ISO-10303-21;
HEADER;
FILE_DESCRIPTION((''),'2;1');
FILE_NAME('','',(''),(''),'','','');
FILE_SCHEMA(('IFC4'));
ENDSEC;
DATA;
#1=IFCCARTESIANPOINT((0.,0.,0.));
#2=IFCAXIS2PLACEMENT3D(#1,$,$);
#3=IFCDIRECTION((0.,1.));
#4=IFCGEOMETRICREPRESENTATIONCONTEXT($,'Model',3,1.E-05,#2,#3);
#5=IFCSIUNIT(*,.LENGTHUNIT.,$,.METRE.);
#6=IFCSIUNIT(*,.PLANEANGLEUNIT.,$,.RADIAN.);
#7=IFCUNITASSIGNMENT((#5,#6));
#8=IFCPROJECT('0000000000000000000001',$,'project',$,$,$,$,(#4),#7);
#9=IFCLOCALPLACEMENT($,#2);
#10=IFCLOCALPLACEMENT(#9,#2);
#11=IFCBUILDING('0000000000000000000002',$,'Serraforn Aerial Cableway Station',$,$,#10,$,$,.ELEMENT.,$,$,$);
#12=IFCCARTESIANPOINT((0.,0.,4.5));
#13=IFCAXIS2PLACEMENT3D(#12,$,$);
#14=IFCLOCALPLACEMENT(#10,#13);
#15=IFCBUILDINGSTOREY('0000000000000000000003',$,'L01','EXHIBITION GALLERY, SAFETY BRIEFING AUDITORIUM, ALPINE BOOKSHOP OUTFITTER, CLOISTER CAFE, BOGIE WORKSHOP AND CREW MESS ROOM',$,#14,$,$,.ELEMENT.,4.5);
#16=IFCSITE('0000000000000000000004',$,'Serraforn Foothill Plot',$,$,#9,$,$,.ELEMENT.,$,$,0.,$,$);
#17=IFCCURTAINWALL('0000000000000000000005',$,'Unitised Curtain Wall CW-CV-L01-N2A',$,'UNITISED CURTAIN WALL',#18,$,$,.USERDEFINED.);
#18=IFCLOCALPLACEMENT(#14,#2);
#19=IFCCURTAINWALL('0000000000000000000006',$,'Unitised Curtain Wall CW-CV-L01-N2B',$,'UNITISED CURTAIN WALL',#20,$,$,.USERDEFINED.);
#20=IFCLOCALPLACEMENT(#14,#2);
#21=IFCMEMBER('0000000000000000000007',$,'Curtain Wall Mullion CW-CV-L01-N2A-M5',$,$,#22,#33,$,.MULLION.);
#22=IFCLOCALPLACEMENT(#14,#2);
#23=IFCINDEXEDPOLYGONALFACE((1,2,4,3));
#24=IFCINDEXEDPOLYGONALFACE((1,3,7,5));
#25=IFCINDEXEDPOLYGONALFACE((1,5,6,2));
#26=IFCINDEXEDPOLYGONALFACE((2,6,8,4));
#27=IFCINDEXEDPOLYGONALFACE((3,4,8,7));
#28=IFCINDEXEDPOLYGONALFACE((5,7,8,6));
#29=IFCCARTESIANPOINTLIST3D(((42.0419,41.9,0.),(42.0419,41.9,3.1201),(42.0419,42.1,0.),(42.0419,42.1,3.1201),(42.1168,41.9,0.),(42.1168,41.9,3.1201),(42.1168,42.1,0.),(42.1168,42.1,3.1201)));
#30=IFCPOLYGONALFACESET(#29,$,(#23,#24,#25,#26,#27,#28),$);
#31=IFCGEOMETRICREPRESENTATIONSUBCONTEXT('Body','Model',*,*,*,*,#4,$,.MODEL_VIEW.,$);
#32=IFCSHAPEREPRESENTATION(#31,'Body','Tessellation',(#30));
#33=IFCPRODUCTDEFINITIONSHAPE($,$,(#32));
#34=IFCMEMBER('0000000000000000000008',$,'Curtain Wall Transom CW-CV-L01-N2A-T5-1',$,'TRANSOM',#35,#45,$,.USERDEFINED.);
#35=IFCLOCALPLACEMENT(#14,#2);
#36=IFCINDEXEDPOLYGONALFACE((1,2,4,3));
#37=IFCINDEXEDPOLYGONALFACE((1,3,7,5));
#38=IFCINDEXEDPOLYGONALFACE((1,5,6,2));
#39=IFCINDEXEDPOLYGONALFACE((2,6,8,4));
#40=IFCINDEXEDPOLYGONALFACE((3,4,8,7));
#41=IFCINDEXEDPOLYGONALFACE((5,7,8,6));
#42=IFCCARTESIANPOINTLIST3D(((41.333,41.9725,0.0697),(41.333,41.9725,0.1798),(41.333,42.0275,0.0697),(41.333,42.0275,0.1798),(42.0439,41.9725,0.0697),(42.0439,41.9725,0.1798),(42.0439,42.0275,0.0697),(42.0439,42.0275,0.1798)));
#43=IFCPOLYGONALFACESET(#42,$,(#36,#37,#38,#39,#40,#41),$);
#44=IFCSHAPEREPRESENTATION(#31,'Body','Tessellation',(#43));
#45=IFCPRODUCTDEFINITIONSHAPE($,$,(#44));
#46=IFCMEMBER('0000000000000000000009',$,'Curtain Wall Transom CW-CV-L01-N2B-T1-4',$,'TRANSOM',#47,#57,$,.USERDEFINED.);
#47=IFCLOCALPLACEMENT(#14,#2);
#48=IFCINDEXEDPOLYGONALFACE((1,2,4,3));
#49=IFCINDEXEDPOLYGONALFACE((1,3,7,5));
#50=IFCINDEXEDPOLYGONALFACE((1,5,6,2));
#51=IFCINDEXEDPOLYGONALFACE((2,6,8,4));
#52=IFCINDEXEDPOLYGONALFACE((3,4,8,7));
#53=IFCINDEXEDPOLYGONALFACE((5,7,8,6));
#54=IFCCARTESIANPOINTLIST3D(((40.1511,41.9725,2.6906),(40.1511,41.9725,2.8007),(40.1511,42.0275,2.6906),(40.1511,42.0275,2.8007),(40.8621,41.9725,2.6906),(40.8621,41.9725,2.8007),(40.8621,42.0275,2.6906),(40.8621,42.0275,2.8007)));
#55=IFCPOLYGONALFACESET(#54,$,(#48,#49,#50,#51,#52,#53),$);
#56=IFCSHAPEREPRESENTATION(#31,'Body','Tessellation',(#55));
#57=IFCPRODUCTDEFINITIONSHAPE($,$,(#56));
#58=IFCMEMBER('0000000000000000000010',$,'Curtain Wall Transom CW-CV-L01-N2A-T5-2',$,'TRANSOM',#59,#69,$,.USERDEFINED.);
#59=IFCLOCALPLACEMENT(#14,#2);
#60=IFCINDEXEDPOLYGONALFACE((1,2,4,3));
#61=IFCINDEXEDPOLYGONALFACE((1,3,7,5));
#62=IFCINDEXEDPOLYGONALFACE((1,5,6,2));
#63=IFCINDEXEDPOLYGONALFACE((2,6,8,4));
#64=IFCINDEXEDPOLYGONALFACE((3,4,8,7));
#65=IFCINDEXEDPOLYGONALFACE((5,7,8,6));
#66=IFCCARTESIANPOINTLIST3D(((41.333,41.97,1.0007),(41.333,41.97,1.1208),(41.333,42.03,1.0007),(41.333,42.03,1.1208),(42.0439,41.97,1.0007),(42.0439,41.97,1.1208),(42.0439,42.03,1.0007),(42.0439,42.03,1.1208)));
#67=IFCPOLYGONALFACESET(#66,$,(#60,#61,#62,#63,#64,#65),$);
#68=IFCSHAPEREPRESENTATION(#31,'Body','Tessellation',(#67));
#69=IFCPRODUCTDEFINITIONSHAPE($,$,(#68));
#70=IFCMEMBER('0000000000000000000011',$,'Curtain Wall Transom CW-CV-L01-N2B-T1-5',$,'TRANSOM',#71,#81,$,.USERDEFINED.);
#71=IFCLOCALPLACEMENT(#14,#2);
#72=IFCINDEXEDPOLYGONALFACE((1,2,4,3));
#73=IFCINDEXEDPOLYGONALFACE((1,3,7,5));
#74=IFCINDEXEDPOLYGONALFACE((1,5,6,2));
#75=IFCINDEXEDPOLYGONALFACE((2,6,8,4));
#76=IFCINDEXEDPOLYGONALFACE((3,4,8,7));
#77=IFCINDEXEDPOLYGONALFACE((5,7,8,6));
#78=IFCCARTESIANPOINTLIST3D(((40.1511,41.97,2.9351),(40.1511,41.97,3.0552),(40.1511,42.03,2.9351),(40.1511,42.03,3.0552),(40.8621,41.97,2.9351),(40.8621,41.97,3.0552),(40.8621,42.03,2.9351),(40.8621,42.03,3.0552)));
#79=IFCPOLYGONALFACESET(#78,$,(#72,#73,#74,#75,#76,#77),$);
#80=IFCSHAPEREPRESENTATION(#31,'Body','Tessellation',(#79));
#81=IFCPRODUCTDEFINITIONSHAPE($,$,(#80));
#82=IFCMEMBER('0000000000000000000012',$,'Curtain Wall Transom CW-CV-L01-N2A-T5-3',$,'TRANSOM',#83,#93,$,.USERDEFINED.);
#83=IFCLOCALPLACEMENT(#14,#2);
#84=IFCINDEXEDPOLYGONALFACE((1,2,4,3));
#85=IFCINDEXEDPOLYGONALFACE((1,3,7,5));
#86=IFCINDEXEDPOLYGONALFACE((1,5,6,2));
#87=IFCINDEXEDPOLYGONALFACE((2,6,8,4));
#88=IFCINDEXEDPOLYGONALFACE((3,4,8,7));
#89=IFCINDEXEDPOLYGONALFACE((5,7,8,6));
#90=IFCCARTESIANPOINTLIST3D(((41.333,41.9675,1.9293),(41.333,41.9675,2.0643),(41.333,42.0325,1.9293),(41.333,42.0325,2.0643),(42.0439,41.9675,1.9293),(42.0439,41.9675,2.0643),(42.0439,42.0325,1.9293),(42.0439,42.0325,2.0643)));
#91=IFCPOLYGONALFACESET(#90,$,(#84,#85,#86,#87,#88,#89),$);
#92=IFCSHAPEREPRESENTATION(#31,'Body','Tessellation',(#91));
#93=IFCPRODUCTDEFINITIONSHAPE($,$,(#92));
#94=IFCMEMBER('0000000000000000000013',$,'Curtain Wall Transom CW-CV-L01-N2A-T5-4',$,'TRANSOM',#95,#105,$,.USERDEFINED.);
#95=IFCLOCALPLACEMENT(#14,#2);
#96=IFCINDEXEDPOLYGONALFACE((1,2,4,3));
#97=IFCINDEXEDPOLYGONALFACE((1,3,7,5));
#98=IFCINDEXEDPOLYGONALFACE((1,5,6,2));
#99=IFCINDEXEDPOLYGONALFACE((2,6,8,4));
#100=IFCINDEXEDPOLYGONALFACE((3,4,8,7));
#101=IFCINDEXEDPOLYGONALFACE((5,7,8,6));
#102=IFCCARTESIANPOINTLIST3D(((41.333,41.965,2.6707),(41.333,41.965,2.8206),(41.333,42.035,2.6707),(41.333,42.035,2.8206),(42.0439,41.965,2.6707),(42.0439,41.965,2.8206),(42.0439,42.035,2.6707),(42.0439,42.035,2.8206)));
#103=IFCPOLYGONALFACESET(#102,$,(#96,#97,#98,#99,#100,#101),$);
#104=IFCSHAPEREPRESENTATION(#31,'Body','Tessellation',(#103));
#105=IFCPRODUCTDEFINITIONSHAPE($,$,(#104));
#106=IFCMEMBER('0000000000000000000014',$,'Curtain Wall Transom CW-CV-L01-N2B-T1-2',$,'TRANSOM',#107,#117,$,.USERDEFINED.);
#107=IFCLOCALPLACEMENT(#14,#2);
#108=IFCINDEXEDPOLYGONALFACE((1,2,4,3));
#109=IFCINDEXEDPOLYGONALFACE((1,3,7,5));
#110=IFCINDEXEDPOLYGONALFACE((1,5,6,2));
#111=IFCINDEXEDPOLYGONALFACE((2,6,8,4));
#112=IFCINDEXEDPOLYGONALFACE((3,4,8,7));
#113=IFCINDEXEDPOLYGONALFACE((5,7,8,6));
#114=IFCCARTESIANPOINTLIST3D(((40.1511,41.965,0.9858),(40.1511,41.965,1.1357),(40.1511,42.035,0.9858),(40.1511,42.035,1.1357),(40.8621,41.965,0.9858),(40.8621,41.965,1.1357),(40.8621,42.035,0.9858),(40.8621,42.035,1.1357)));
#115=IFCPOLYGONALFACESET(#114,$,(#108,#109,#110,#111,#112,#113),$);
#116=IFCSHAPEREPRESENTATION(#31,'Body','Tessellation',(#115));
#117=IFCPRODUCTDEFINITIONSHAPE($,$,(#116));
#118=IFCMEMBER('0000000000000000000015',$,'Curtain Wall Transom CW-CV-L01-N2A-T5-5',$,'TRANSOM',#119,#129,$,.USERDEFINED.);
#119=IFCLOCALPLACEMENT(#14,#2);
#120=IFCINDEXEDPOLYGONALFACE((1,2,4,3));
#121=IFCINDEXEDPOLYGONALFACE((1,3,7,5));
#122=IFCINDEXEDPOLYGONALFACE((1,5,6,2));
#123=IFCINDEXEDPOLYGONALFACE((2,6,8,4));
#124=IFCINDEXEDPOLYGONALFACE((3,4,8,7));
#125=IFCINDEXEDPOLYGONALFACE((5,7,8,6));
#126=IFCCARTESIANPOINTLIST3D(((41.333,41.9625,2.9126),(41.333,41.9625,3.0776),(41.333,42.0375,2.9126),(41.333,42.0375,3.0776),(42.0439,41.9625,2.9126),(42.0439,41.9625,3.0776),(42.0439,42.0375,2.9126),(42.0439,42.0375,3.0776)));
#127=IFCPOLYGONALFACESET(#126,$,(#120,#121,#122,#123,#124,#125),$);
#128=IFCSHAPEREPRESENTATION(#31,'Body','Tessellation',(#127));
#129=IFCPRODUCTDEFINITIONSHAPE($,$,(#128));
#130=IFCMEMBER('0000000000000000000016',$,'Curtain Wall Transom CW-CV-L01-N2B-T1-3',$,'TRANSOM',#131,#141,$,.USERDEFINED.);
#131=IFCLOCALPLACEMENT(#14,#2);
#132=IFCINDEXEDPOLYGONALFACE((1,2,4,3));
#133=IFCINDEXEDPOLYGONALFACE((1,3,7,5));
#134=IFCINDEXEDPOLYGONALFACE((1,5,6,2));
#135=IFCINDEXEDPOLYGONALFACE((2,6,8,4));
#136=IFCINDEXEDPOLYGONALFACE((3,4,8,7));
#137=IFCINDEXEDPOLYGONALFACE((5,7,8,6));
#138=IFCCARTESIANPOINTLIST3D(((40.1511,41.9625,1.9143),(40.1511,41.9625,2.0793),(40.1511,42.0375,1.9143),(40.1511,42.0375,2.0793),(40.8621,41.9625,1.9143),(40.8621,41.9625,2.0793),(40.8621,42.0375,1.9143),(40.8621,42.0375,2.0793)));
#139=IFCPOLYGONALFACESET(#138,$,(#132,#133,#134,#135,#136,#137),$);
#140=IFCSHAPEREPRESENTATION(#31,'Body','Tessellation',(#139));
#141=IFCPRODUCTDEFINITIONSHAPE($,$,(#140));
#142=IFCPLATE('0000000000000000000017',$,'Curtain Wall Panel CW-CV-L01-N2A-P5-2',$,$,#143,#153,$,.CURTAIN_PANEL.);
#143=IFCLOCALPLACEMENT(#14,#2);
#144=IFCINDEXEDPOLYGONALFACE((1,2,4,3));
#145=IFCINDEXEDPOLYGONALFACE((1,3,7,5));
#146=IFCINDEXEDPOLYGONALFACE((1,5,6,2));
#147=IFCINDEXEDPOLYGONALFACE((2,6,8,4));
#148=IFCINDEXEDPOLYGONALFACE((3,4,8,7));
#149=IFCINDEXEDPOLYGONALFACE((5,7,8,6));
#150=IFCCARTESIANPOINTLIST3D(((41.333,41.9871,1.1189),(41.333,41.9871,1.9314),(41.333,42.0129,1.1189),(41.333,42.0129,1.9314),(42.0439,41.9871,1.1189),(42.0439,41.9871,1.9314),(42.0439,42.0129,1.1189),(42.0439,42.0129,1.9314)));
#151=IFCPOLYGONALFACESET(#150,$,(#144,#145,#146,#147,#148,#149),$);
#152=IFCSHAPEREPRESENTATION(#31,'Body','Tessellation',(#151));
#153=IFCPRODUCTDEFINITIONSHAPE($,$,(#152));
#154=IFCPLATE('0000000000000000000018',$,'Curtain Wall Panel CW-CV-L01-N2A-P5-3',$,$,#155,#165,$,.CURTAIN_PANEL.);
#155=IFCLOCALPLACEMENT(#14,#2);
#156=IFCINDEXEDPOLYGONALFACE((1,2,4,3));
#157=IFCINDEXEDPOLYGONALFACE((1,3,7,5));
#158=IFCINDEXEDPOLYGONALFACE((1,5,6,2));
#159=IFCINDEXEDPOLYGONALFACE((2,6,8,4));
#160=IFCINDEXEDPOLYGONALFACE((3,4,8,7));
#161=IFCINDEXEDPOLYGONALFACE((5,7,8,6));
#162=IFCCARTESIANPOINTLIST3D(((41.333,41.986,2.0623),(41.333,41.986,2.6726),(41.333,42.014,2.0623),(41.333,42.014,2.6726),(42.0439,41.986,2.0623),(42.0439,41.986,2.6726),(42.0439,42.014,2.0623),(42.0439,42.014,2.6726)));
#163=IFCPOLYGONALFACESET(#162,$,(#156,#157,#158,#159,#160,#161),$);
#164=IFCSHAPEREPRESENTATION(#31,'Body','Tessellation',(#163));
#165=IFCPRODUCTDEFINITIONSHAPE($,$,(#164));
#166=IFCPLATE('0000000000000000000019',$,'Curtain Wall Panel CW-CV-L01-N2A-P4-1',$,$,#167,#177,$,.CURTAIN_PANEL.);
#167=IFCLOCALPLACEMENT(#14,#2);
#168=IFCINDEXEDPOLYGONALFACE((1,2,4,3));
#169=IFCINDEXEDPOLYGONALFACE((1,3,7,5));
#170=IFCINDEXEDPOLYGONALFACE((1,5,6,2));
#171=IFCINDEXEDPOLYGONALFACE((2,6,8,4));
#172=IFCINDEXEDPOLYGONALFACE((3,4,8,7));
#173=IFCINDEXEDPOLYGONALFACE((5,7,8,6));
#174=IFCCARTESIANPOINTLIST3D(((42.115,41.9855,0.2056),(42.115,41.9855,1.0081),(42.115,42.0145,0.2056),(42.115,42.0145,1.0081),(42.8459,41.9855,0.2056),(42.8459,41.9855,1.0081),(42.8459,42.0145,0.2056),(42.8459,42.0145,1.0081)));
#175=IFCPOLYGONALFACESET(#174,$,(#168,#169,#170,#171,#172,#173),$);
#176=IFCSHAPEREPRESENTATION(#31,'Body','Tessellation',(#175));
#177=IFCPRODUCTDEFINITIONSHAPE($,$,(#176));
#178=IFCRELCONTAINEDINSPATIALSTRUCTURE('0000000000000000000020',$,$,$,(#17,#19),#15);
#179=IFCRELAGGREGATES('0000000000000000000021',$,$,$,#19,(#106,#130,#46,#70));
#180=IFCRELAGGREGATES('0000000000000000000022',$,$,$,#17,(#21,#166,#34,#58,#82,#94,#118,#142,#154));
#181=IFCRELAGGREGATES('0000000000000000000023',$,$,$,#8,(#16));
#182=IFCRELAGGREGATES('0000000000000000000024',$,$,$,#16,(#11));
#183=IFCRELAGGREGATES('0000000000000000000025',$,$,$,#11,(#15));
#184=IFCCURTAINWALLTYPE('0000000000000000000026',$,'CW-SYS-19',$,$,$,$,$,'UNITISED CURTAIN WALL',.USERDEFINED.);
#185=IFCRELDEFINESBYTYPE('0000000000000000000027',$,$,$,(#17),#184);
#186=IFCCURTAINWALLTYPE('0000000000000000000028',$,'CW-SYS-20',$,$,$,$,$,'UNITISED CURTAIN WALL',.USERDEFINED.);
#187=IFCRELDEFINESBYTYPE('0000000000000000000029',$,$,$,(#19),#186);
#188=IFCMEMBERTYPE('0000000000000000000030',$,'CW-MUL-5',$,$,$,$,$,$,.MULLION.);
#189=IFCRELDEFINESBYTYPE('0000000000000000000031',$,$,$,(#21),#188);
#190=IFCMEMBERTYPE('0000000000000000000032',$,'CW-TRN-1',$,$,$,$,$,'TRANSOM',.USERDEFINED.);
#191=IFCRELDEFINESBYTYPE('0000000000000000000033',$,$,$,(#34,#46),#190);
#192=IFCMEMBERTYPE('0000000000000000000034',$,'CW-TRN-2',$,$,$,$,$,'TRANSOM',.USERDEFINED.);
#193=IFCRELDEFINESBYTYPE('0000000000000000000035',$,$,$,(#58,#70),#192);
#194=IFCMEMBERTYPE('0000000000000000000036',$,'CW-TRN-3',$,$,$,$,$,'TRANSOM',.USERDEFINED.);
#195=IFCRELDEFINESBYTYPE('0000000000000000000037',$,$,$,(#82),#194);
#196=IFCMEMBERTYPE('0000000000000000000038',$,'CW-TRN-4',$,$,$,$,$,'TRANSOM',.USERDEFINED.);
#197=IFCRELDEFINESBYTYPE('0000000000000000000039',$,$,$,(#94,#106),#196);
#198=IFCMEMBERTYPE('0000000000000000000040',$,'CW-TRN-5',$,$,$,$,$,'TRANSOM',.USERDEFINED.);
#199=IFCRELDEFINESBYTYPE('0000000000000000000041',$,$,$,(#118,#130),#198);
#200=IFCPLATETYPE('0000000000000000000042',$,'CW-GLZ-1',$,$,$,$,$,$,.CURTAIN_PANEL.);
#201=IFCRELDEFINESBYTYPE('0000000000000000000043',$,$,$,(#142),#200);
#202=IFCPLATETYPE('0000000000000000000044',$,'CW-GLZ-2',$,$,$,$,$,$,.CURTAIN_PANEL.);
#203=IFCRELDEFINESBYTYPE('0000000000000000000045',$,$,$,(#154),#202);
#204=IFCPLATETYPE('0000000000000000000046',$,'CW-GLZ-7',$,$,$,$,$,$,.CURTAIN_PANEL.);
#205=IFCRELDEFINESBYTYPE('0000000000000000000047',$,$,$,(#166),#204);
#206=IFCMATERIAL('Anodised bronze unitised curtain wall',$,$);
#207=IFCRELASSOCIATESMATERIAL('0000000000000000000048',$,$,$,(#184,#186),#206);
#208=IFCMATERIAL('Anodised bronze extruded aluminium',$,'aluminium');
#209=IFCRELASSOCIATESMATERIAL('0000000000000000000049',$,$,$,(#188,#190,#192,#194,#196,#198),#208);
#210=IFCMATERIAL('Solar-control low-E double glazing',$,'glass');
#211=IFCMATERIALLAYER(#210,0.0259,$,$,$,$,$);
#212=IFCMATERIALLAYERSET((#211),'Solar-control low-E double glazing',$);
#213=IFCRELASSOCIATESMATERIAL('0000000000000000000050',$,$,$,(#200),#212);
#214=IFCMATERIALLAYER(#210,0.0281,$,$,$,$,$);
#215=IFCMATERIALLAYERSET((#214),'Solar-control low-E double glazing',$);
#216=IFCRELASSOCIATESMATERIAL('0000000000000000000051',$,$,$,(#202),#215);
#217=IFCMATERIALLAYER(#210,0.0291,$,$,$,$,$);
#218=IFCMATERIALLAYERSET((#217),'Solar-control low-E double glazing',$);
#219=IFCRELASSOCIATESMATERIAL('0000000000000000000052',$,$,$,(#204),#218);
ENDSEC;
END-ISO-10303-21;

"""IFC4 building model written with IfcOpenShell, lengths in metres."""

from ifc_helpers import new_model, si_unit, direction, frame, origin, origin_2d, place, context, subcontext, project, spatial, rectangle, extrude, material, layer, layer_set, material_profile, profile_set, type_object, element, aggregate, save


model = new_model("IFC4")

# Units and contexts
model_context = context("Model", 3, precision=1e-05, world=origin(), true_north=direction((0.0, 1.0)))
body_context = subcontext(model_context, "Body", "Model", "MODEL_VIEW")
ifc_project = project(units=[si_unit("LENGTHUNIT", "METRE"), si_unit("PLANEANGLEUNIT", "RADIAN")], contexts=[model_context])

# Site, building, storey
site_placement = place(None, origin())
site = spatial("IfcSite", under=ifc_project, at=site_placement, Name="Serraforn Foothill Plot", CompositionType="ELEMENT", RefElevation=0.0)
building_placement = place(site_placement, origin())
building = spatial("IfcBuilding", under=site, at=building_placement, Name="Serraforn Aerial Cableway Station", CompositionType="ELEMENT")
storey_placement = place(building_placement, frame((0.0, 0.0, 4.5)))
storey = spatial("IfcBuildingStorey", under=building, at=storey_placement, Name="L01", Description="EXHIBITION GALLERY, SAFETY BRIEFING AUDITORIUM, ALPINE BOOKSHOP OUTFITTER, CLOISTER CAFE, BOGIE WORKSHOP AND CREW MESS ROOM", CompositionType="ELEMENT", Elevation=4.5)

# Curtain walls
ifc_material_1 = material(Name="Anodised bronze unitised curtain wall")
curtain_wall_type_1 = type_object("IfcCurtainWallType", Name="CW-SYS-19", ElementType="UNITISED CURTAIN WALL", PredefinedType="USERDEFINED", material=ifc_material_1)
curtain_wall_1_placement = place(storey_placement, origin())
curtain_wall_1 = element("IfcCurtainWall", 1, at=curtain_wall_1_placement, inside=storey, type_object=curtain_wall_type_1, Name="Unitised Curtain Wall CW-CV-L01-N2A", ObjectType="UNITISED CURTAIN WALL", PredefinedType="USERDEFINED")
ifc_material_2 = material(Name="Anodised bronze extruded aluminium", Category="aluminium")
curtain_wall_type_2 = type_object("IfcCurtainWallType", Name="CW-SYS-20", ElementType="UNITISED CURTAIN WALL", PredefinedType="USERDEFINED", material=ifc_material_1)
curtain_wall_2_placement = place(storey_placement, origin())
curtain_wall_2 = element("IfcCurtainWall", 2, at=curtain_wall_2_placement, inside=storey, type_object=curtain_wall_type_2, Name="Unitised Curtain Wall CW-CV-L01-N2B", ObjectType="UNITISED CURTAIN WALL", PredefinedType="USERDEFINED")

# Members
ifc_material_profile_1 = material_profile(ifc_material_2, rectangle(XDim=0.075, YDim=0.2, at=origin_2d()), Name="CW MULLION 75x200")
ifc_profile_set_1 = profile_set([ifc_material_profile_1], Name="Anodised bronze extruded aluminium")
member_type_1 = type_object("IfcMemberType", Name="CW-MUL-5", PredefinedType="MULLION", material=ifc_profile_set_1)
member_1_placement = place(storey_placement, frame((42.0793, 42.0, 0.0), z_axis=(0.0, 0.0, 1.0), x_axis=(-1.0, 0.0, 0.0)))
member_1 = element("IfcMember", 3, at=member_1_placement, type_object=member_type_1, Name="Curtain Wall Mullion CW-CV-L01-N2A-M5", PredefinedType="MULLION", context=body_context, shape_type="SweptSolid", body=[
    extrude(rectangle(XDim=0.075, YDim=0.2, at=origin_2d()), origin(), (0.0, 0.0, 1.0), 3.1201),
])
ifc_material_profile_2 = material_profile(ifc_material_2, rectangle(XDim=0.0549, YDim=0.1101, at=origin_2d()), Name="CW TRANSOM 55x110")
ifc_profile_set_2 = profile_set([ifc_material_profile_2], Name="Anodised bronze extruded aluminium")
member_type_2 = type_object("IfcMemberType", Name="CW-TRN-1", ElementType="TRANSOM", PredefinedType="USERDEFINED", material=ifc_profile_set_2)
member_2_placement = place(storey_placement, frame((42.0439, 42.0, 0.1248), z_axis=(-1.0, 0.0, 0.0), x_axis=(0.0, -1.0, 0.0)))
member_2 = element("IfcMember", 4, at=member_2_placement, type_object=member_type_2, Name="Curtain Wall Transom CW-CV-L01-N2A-T5-1", ObjectType="TRANSOM", PredefinedType="USERDEFINED", context=body_context, shape_type="SweptSolid", body=[
    extrude(rectangle(XDim=0.0549, YDim=0.1101, at=origin_2d()), origin(), (0.0, 0.0, 1.0), 0.7109),
])
member_3_placement = place(storey_placement, frame((40.8621, 42.0, 2.7456), z_axis=(-1.0, 0.0, 0.0), x_axis=(0.0, -1.0, 0.0)))
member_3 = element("IfcMember", 5, at=member_3_placement, type_object=member_type_2, Name="Curtain Wall Transom CW-CV-L01-N2B-T1-4", ObjectType="TRANSOM", PredefinedType="USERDEFINED", context=body_context, shape_type="SweptSolid", body=[
    extrude(rectangle(XDim=0.0549, YDim=0.1101, at=origin_2d()), origin(), (0.0, 0.0, 1.0), 0.7109),
])
ifc_material_profile_3 = material_profile(ifc_material_2, rectangle(XDim=0.0601, YDim=0.1201, at=origin_2d()), Name="CW TRANSOM 60x120")
ifc_profile_set_3 = profile_set([ifc_material_profile_3], Name="Anodised bronze extruded aluminium")
member_type_3 = type_object("IfcMemberType", Name="CW-TRN-2", ElementType="TRANSOM", PredefinedType="USERDEFINED", material=ifc_profile_set_3)
member_4_placement = place(storey_placement, frame((42.0439, 42.0, 1.0608), z_axis=(-1.0, 0.0, 0.0), x_axis=(0.0, -1.0, 0.0)))
member_4 = element("IfcMember", 6, at=member_4_placement, type_object=member_type_3, Name="Curtain Wall Transom CW-CV-L01-N2A-T5-2", ObjectType="TRANSOM", PredefinedType="USERDEFINED", context=body_context, shape_type="SweptSolid", body=[
    extrude(rectangle(XDim=0.0601, YDim=0.1201, at=origin_2d()), origin(), (0.0, 0.0, 1.0), 0.7109),
])
member_5_placement = place(storey_placement, frame((40.8621, 42.0, 2.9951), z_axis=(-1.0, 0.0, 0.0), x_axis=(0.0, -1.0, 0.0)))
member_5 = element("IfcMember", 7, at=member_5_placement, type_object=member_type_3, Name="Curtain Wall Transom CW-CV-L01-N2B-T1-5", ObjectType="TRANSOM", PredefinedType="USERDEFINED", context=body_context, shape_type="SweptSolid", body=[
    extrude(rectangle(XDim=0.0601, YDim=0.1201, at=origin_2d()), origin(), (0.0, 0.0, 1.0), 0.7109),
])
ifc_material_profile_4 = material_profile(ifc_material_2, rectangle(XDim=0.0649, YDim=0.135, at=origin_2d()), Name="CW TRANSOM 65x135")
ifc_profile_set_4 = profile_set([ifc_material_profile_4], Name="Anodised bronze extruded aluminium")
member_type_4 = type_object("IfcMemberType", Name="CW-TRN-3", ElementType="TRANSOM", PredefinedType="USERDEFINED", material=ifc_profile_set_4)
member_6_placement = place(storey_placement, frame((42.0439, 42.0, 1.9968), z_axis=(-1.0, 0.0, 0.0), x_axis=(0.0, -1.0, 0.0)))
member_6 = element("IfcMember", 8, at=member_6_placement, type_object=member_type_4, Name="Curtain Wall Transom CW-CV-L01-N2A-T5-3", ObjectType="TRANSOM", PredefinedType="USERDEFINED", context=body_context, shape_type="SweptSolid", body=[
    extrude(rectangle(XDim=0.0649, YDim=0.135, at=origin_2d()), origin(), (0.0, 0.0, 1.0), 0.7109),
])
ifc_material_profile_5 = material_profile(ifc_material_2, rectangle(XDim=0.0701, YDim=0.1499, at=origin_2d()), Name="CW TRANSOM 70x150")
ifc_profile_set_5 = profile_set([ifc_material_profile_5], Name="Anodised bronze extruded aluminium")
member_type_5 = type_object("IfcMemberType", Name="CW-TRN-4", ElementType="TRANSOM", PredefinedType="USERDEFINED", material=ifc_profile_set_5)
member_7_placement = place(storey_placement, frame((42.0439, 42.0, 2.7456), z_axis=(-1.0, 0.0, 0.0), x_axis=(0.0, -1.0, 0.0)))
member_7 = element("IfcMember", 9, at=member_7_placement, type_object=member_type_5, Name="Curtain Wall Transom CW-CV-L01-N2A-T5-4", ObjectType="TRANSOM", PredefinedType="USERDEFINED", context=body_context, shape_type="SweptSolid", body=[
    extrude(rectangle(XDim=0.0701, YDim=0.1499, at=origin_2d()), origin(), (0.0, 0.0, 1.0), 0.7109),
])
member_8_placement = place(storey_placement, frame((40.8621, 42.0, 1.0608), z_axis=(-1.0, 0.0, 0.0), x_axis=(0.0, -1.0, 0.0)))
member_8 = element("IfcMember", 10, at=member_8_placement, type_object=member_type_5, Name="Curtain Wall Transom CW-CV-L01-N2B-T1-2", ObjectType="TRANSOM", PredefinedType="USERDEFINED", context=body_context, shape_type="SweptSolid", body=[
    extrude(rectangle(XDim=0.0701, YDim=0.1499, at=origin_2d()), origin(), (0.0, 0.0, 1.0), 0.7109),
])
ifc_material_profile_6 = material_profile(ifc_material_2, rectangle(XDim=0.075, YDim=0.165, at=origin_2d()), Name="CW TRANSOM 75x165")
ifc_profile_set_6 = profile_set([ifc_material_profile_6], Name="Anodised bronze extruded aluminium")
member_type_6 = type_object("IfcMemberType", Name="CW-TRN-5", ElementType="TRANSOM", PredefinedType="USERDEFINED", material=ifc_profile_set_6)
member_9_placement = place(storey_placement, frame((42.0439, 42.0, 2.9951), z_axis=(-1.0, 0.0, 0.0), x_axis=(0.0, -1.0, 0.0)))
member_9 = element("IfcMember", 11, at=member_9_placement, type_object=member_type_6, Name="Curtain Wall Transom CW-CV-L01-N2A-T5-5", ObjectType="TRANSOM", PredefinedType="USERDEFINED", context=body_context, shape_type="SweptSolid", body=[
    extrude(rectangle(XDim=0.075, YDim=0.165, at=origin_2d()), origin(), (0.0, 0.0, 1.0), 0.7109),
])
member_10_placement = place(storey_placement, frame((40.8621, 42.0, 1.9968), z_axis=(-1.0, 0.0, 0.0), x_axis=(0.0, -1.0, 0.0)))
member_10 = element("IfcMember", 12, at=member_10_placement, type_object=member_type_6, Name="Curtain Wall Transom CW-CV-L01-N2B-T1-3", ObjectType="TRANSOM", PredefinedType="USERDEFINED", context=body_context, shape_type="SweptSolid", body=[
    extrude(rectangle(XDim=0.075, YDim=0.165, at=origin_2d()), origin(), (0.0, 0.0, 1.0), 0.7109),
])
aggregate(curtain_wall_2, [member_8, member_10, member_3, member_5])

# Plates
ifc_material_3 = material(Name="Solar-control low-E double glazing", Category="glass")
ifc_layer_1 = layer(ifc_material_3, 0.0259)
ifc_layer_set_1 = layer_set([ifc_layer_1], Name="Solar-control low-E double glazing")
plate_type_1 = type_object("IfcPlateType", Name="CW-GLZ-1", PredefinedType="CURTAIN_PANEL", material=ifc_layer_set_1)
plate_1_placement = place(storey_placement, frame((41.6885, 42.0, 1.1189), z_axis=(0.0, 0.0, 1.0), x_axis=(1.0, 0.0, 0.0)))
plate_1 = element("IfcPlate", 13, at=plate_1_placement, type_object=plate_type_1, Name="Curtain Wall Panel CW-CV-L01-N2A-P5-2", PredefinedType="CURTAIN_PANEL", context=body_context, shape_type="SweptSolid", body=[
    extrude(rectangle(XDim=0.7109, YDim=0.0259, at=origin_2d()), origin(), (0.0, 0.0, 1.0), 0.8125),
])
ifc_layer_2 = layer(ifc_material_3, 0.0281)
ifc_layer_set_2 = layer_set([ifc_layer_2], Name="Solar-control low-E double glazing")
plate_type_2 = type_object("IfcPlateType", Name="CW-GLZ-2", PredefinedType="CURTAIN_PANEL", material=ifc_layer_set_2)
plate_2_placement = place(storey_placement, frame((41.6885, 42.0, 2.0623), z_axis=(0.0, 0.0, 1.0), x_axis=(1.0, 0.0, 0.0)))
plate_2 = element("IfcPlate", 14, at=plate_2_placement, type_object=plate_type_2, Name="Curtain Wall Panel CW-CV-L01-N2A-P5-3", PredefinedType="CURTAIN_PANEL", context=body_context, shape_type="SweptSolid", body=[
    extrude(rectangle(XDim=0.7109, YDim=0.0281, at=origin_2d()), origin(), (0.0, 0.0, 1.0), 0.6104),
])
ifc_layer_3 = layer(ifc_material_3, 0.0291)
ifc_layer_set_3 = layer_set([ifc_layer_3], Name="Solar-control low-E double glazing")
plate_type_3 = type_object("IfcPlateType", Name="CW-GLZ-7", PredefinedType="CURTAIN_PANEL", material=ifc_layer_set_3)
plate_3_placement = place(storey_placement, frame((42.4805, 42.0, 0.2056), z_axis=(0.0, 0.0, 1.0), x_axis=(1.0, 0.0, 0.0)))
plate_3 = element("IfcPlate", 15, at=plate_3_placement, type_object=plate_type_3, Name="Curtain Wall Panel CW-CV-L01-N2A-P4-1", PredefinedType="CURTAIN_PANEL", context=body_context, shape_type="SweptSolid", body=[
    extrude(rectangle(XDim=0.731, YDim=0.0291, at=origin_2d()), origin(), (0.0, 0.0, 1.0), 0.8025),
])
aggregate(curtain_wall_1, [member_1, plate_3, member_2, member_4, member_6, member_7, member_9, plate_1, plate_2])

save(model, "model.ifc")
